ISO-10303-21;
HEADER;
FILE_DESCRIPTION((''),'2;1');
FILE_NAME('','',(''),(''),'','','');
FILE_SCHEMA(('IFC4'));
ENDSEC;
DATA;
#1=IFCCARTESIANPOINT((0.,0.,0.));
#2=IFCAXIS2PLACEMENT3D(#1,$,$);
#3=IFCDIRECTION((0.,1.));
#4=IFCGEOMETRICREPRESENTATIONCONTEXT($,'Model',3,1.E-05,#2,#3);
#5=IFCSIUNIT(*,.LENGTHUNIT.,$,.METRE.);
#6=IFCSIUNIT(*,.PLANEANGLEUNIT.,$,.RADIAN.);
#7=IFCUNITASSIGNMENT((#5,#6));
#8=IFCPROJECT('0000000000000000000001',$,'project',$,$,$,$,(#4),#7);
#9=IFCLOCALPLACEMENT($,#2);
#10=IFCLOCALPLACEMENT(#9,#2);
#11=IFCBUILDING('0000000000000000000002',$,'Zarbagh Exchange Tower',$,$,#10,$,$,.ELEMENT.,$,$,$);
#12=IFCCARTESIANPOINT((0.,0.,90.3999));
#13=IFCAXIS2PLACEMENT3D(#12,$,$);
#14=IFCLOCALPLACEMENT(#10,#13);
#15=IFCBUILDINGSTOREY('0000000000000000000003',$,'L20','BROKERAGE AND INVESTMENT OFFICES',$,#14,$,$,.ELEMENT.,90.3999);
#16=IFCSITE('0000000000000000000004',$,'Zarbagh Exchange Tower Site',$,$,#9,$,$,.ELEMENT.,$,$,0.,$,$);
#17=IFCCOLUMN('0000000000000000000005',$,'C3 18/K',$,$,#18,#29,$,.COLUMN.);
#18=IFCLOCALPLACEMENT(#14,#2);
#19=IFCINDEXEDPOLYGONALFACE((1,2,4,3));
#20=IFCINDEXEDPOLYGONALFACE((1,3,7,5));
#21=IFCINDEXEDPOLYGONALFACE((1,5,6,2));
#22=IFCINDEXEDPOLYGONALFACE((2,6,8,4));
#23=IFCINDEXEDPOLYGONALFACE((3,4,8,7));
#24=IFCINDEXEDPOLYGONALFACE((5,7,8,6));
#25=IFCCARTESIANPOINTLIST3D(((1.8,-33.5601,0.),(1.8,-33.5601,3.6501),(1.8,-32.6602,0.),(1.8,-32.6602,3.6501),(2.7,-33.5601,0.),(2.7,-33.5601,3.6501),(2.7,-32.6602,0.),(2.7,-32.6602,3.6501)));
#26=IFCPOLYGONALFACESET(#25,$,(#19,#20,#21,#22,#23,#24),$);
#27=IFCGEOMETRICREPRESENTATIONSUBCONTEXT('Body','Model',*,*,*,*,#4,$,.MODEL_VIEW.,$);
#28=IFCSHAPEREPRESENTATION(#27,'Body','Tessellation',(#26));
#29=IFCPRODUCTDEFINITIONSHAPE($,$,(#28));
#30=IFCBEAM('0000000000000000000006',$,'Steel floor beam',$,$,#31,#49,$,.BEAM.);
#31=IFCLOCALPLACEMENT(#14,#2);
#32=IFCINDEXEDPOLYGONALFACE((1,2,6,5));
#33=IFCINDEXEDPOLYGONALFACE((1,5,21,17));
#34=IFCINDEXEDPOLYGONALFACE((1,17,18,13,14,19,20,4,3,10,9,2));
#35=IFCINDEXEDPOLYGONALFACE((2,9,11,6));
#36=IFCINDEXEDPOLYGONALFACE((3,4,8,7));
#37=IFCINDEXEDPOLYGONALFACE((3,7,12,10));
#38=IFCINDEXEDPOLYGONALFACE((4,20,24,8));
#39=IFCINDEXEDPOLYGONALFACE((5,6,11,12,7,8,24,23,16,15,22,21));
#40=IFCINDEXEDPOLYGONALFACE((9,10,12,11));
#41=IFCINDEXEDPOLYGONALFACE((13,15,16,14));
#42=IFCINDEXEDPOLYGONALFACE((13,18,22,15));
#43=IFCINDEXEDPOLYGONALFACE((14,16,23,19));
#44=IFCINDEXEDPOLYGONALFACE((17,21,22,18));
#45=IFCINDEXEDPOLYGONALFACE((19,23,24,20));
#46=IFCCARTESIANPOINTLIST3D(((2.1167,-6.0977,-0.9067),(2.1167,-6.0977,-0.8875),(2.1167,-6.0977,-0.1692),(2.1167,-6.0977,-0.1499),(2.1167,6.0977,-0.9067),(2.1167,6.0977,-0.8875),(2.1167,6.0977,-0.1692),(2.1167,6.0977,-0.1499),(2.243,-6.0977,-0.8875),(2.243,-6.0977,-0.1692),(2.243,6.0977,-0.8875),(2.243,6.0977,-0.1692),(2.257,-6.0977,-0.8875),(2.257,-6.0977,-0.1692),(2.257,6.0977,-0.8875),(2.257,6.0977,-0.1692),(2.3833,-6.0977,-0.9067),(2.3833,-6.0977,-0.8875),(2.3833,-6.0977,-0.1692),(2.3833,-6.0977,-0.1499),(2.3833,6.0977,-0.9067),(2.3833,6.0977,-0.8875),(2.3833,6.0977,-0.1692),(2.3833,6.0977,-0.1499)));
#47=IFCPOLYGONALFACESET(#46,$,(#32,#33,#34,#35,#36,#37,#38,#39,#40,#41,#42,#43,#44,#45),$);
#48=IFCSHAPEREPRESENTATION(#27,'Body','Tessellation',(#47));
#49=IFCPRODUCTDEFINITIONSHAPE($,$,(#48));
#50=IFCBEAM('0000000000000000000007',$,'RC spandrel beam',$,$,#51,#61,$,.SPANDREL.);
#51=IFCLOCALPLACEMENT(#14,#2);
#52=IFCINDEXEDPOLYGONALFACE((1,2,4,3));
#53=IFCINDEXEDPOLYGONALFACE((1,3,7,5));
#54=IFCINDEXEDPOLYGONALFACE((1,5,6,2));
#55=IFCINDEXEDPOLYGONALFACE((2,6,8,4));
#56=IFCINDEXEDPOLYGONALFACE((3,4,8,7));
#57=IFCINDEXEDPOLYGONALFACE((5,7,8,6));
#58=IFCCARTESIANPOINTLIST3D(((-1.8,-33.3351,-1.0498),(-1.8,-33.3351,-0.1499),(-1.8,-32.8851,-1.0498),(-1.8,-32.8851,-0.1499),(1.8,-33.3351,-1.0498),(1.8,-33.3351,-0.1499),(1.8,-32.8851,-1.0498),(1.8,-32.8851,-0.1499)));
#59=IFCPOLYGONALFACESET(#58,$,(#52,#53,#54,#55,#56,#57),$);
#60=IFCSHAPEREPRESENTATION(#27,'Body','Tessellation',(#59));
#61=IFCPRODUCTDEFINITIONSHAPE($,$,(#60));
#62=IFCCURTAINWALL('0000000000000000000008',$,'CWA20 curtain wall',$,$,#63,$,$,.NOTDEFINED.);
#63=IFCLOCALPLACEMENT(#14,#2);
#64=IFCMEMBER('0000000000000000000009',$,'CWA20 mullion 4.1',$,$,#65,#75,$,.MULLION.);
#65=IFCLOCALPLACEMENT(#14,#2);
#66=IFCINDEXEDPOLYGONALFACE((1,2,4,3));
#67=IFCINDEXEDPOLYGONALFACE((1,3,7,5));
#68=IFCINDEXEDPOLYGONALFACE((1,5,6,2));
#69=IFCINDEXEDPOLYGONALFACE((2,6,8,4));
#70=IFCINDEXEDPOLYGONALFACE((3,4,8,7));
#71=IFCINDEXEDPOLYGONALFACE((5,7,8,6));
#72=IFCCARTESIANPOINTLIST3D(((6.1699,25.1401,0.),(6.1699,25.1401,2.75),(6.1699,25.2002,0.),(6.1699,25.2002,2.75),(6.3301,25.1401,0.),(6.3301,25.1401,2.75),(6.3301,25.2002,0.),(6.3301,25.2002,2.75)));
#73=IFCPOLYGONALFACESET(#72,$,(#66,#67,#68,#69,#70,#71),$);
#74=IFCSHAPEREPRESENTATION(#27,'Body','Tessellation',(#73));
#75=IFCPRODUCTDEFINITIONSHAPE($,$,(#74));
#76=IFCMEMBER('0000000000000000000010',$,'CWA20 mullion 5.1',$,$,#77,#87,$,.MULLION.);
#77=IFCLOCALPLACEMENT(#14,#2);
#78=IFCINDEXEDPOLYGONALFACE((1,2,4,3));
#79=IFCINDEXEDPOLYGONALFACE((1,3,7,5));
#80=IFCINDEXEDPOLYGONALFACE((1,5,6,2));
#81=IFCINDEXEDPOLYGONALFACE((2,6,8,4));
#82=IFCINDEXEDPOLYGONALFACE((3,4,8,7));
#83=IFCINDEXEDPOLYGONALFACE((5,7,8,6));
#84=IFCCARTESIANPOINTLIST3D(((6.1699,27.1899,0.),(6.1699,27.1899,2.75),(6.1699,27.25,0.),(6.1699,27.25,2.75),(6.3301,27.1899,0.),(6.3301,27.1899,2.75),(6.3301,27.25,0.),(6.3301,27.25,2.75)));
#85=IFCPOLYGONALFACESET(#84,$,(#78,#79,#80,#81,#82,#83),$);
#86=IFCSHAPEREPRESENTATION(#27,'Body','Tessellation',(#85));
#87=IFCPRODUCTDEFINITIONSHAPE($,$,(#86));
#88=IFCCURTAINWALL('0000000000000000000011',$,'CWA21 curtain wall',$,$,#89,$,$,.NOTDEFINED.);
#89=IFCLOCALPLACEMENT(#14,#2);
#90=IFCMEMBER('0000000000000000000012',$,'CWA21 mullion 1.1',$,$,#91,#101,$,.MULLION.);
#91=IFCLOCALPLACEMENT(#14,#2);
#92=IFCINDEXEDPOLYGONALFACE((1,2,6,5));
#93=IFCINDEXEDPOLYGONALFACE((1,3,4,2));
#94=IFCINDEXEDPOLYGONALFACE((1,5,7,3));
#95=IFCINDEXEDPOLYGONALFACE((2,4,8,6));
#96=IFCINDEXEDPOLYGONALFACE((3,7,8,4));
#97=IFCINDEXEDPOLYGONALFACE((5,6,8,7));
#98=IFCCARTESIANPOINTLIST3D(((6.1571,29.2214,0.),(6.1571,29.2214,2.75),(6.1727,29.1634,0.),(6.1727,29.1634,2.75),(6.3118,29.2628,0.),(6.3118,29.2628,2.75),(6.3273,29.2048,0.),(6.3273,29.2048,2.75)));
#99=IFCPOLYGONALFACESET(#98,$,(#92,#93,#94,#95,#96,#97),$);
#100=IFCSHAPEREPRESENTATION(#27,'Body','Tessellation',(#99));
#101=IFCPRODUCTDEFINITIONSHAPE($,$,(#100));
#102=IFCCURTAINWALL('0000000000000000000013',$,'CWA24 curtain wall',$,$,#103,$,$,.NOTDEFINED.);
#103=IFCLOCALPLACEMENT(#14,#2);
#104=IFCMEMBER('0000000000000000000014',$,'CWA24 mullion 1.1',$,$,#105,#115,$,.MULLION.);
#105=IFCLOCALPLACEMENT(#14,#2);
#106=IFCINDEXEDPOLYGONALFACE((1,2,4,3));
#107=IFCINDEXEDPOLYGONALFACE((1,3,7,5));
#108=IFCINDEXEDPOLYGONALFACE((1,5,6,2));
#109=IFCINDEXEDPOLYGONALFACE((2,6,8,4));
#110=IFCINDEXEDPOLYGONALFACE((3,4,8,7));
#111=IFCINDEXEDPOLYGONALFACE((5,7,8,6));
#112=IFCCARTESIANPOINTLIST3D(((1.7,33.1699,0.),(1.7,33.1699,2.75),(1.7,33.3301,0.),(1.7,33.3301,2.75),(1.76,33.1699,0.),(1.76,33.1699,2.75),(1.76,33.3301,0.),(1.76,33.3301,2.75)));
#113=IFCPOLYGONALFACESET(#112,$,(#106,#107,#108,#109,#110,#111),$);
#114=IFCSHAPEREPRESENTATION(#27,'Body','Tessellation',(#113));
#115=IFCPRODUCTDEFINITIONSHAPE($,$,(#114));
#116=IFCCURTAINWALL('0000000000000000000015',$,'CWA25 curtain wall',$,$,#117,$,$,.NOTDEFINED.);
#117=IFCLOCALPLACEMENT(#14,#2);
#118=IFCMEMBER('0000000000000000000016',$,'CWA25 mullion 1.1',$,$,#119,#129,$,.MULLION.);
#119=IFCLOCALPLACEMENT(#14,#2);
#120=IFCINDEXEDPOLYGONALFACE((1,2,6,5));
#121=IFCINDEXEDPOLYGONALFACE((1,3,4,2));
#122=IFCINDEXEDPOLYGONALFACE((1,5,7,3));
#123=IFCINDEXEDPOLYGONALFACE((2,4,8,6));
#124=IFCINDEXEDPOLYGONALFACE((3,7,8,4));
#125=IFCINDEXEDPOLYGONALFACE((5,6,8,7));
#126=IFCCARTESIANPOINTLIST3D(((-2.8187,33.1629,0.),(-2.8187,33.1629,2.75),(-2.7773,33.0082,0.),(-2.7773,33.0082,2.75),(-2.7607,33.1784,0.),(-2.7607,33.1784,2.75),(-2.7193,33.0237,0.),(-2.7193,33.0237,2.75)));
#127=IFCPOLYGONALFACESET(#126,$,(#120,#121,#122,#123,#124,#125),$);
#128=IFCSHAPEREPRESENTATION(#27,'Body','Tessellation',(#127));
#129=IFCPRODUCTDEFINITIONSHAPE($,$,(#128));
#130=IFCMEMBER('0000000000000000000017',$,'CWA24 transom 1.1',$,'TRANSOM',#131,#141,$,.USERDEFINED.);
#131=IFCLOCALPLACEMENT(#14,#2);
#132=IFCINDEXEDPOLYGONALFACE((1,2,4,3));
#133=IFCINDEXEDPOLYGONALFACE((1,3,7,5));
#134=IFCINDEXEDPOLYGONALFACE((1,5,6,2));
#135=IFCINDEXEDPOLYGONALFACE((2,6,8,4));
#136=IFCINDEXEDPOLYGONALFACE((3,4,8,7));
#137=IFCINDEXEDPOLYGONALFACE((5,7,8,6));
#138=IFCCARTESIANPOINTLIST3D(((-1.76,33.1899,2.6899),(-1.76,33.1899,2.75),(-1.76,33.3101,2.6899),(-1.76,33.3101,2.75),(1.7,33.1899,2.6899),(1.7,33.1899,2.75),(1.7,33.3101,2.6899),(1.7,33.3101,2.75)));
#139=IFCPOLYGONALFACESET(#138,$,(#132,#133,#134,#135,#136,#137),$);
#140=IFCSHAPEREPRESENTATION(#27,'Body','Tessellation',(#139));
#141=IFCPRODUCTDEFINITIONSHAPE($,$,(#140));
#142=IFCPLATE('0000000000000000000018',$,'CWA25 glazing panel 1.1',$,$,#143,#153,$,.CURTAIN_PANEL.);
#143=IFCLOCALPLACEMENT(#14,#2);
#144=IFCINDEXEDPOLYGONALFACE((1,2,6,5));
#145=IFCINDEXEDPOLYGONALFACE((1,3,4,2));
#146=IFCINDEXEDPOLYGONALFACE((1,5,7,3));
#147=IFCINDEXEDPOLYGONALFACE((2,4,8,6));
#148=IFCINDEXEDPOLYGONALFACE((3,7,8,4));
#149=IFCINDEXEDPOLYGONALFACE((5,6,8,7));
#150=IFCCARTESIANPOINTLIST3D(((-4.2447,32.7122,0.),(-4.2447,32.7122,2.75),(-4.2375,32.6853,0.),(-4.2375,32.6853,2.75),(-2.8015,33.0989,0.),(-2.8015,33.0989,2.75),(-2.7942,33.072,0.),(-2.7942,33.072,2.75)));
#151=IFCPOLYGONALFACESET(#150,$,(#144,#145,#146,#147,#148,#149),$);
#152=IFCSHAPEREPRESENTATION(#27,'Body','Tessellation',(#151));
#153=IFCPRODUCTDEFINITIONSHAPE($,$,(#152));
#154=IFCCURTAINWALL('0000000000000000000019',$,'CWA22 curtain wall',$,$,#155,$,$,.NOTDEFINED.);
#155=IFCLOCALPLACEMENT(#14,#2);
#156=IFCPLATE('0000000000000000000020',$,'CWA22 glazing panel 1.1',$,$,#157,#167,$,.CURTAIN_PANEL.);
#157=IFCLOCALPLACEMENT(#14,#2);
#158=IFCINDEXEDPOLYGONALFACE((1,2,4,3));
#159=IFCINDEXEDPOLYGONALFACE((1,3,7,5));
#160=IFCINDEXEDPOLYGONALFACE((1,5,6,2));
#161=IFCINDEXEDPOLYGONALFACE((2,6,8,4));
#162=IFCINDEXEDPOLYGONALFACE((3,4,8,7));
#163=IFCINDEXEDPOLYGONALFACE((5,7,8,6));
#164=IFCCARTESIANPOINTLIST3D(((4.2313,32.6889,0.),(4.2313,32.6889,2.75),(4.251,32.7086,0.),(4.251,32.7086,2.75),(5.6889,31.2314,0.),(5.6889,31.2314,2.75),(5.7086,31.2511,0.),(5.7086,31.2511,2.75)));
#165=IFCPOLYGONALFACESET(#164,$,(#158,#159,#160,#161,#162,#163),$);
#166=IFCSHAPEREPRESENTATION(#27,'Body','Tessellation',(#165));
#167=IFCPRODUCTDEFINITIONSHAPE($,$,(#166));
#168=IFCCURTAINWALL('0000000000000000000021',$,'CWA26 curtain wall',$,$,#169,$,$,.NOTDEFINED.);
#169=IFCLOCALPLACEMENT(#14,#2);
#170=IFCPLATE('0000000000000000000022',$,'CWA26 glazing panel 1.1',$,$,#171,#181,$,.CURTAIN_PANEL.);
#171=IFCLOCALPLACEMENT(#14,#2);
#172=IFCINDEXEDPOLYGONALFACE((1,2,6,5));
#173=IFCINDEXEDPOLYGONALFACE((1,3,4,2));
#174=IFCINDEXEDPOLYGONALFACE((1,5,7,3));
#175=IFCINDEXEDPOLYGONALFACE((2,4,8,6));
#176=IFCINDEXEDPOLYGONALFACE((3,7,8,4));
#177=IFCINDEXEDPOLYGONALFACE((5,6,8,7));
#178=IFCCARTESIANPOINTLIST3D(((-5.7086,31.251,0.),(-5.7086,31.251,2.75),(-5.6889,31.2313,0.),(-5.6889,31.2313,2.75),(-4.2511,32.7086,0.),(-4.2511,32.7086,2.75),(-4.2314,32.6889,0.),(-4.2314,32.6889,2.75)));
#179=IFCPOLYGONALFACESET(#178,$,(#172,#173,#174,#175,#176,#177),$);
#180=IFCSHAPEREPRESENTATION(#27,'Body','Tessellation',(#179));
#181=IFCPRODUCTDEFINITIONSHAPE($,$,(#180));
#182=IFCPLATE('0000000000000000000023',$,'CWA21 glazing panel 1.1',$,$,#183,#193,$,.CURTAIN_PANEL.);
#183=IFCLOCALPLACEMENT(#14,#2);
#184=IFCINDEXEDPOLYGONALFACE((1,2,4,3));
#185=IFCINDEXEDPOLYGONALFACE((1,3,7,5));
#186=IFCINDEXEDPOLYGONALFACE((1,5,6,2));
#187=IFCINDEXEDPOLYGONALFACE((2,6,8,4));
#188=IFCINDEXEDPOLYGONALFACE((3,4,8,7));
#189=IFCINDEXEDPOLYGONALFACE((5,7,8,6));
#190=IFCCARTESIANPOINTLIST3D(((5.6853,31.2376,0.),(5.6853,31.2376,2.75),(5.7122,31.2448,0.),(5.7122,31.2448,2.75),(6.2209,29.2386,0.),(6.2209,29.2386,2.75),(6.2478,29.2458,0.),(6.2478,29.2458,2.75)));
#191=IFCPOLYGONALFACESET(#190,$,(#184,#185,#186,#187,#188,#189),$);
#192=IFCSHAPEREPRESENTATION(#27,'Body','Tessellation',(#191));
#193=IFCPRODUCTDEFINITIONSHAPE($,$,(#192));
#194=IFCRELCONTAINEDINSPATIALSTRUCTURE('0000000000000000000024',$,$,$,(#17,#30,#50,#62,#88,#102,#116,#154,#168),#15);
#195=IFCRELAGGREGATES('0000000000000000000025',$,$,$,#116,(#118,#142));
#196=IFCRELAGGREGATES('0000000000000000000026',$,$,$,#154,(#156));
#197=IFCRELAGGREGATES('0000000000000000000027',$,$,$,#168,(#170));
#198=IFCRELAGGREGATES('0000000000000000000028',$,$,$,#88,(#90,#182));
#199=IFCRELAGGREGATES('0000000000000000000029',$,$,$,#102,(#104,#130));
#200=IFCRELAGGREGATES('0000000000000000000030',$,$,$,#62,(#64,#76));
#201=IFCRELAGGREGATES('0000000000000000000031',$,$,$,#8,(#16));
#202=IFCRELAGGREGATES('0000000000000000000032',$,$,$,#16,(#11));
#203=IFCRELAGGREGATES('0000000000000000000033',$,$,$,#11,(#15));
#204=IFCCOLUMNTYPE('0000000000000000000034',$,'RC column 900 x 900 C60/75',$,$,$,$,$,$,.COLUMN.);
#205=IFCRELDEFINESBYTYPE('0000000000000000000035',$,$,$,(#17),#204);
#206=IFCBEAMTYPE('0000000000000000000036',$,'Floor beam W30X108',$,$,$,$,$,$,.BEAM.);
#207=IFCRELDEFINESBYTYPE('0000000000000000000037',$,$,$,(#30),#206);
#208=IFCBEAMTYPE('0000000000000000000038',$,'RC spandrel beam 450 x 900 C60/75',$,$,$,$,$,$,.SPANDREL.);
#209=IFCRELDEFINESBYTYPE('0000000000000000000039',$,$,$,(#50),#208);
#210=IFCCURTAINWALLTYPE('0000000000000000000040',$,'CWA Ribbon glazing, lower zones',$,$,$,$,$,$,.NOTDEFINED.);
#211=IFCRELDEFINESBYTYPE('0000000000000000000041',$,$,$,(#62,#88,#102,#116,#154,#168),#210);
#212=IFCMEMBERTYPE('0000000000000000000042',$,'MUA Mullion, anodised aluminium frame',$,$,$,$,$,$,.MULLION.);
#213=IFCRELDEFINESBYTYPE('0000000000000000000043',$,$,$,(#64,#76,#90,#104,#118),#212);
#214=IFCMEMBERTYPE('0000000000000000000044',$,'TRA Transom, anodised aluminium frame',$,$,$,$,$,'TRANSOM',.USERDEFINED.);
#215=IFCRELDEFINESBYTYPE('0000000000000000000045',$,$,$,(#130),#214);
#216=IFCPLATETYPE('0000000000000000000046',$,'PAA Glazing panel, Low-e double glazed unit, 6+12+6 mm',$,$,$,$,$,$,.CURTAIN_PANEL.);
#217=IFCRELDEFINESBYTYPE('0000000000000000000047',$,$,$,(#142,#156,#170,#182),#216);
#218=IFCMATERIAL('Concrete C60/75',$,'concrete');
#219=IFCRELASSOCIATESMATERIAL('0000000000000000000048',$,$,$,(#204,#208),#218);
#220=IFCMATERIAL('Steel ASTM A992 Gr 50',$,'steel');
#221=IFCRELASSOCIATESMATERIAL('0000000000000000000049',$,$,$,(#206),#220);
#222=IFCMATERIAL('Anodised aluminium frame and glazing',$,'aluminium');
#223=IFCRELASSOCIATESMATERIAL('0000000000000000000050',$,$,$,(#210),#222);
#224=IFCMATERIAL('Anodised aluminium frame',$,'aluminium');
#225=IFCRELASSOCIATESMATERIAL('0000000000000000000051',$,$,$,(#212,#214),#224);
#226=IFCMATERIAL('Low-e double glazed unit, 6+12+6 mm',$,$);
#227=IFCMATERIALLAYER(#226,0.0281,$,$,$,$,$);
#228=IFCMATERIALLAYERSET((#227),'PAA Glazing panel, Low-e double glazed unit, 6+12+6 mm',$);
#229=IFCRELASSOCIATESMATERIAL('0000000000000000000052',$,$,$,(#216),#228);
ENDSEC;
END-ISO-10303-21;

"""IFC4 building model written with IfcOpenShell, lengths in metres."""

from ifc_helpers import new_model, si_unit, direction, frame, origin, origin_2d, place, context, subcontext, project, spatial, polyline, rectangle, i_section, outline, extrude, source, transform, mapped, material, layer, layer_set, material_profile, profile_set, type_object, element, aggregate, save


model = new_model("IFC4")

# Units and contexts
model_context = context("Model", 3, precision=1e-05, world=origin(), true_north=direction((0.0, 1.0)))
body_context = subcontext(model_context, "Body", "Model", "MODEL_VIEW")
ifc_project = project(units=[si_unit("LENGTHUNIT", "METRE"), si_unit("PLANEANGLEUNIT", "RADIAN")], contexts=[model_context])

# Site, building, storey
site_placement = place(None, origin())
site = spatial("IfcSite", under=ifc_project, at=site_placement, Name="Zarbagh Exchange Tower Site", CompositionType="ELEMENT", RefElevation=0.0)
building_placement = place(site_placement, origin())
building = spatial("IfcBuilding", under=site, at=building_placement, Name="Zarbagh Exchange Tower", CompositionType="ELEMENT")
storey_placement = place(building_placement, frame((0.0, 0.0, 90.3999)))
storey = spatial("IfcBuildingStorey", under=building, at=storey_placement, Name="L20", Description="BROKERAGE AND INVESTMENT OFFICES", CompositionType="ELEMENT", Elevation=90.3999)

# Column
ifc_material_1 = material(Name="Concrete C60/75", Category="concrete")
ifc_material_profile_1 = material_profile(ifc_material_1, rectangle(XDim=0.8999, YDim=0.8999, at=origin_2d()), Name="RC column 900 x 900 C60/75")
ifc_profile_set_1 = profile_set([ifc_material_profile_1], Name="Concrete C60/75")
column_type = type_object("IfcColumnType", Name="RC column 900 x 900 C60/75", PredefinedType="COLUMN", material=ifc_profile_set_1)
column_placement = place(storey_placement, frame((2.25, -33.1101, 0.0), z_axis=(0.0, 0.0, 1.0), x_axis=(1.0, 0.0, 0.0)))
element("IfcColumn", 1, at=column_placement, inside=storey, type_object=column_type, Name="C3 18/K", PredefinedType="COLUMN", context=body_context, shape_type="SweptSolid", body=[
    extrude(rectangle(XDim=0.8999, YDim=0.8999, at=origin_2d()), origin(), (0.0, 0.0, 1.0), 3.6501),
])

# Beams
ifc_material_2 = material(Name="Steel ASTM A992 Gr 50", Category="steel")
ifc_material_profile_2 = material_profile(ifc_material_2, i_section(OverallWidth=0.2666, OverallDepth=0.7568, WebThickness=0.0139, FlangeThickness=0.0193, at=origin_2d()), Name="W30X108")
ifc_profile_set_2 = profile_set([ifc_material_profile_2], Name="Steel ASTM A992 Gr 50")
beam_type_1 = type_object("IfcBeamType", Name="Floor beam W30X108", PredefinedType="BEAM", material=ifc_profile_set_2)
beam_1_placement = place(storey_placement, frame((2.25, -6.0977, -0.5283), z_axis=(0.0, 1.0, 0.0), x_axis=(-1.0, 0.0, 0.0)))
element("IfcBeam", 2, at=beam_1_placement, inside=storey, type_object=beam_type_1, Name="Steel floor beam", PredefinedType="BEAM", context=body_context, shape_type="SweptSolid", body=[
    extrude(i_section(OverallWidth=0.2666, OverallDepth=0.7568, WebThickness=0.0139, FlangeThickness=0.0193, at=origin_2d()), origin(), (0.0, 0.0, 1.0), 12.1953),
])
ifc_material_profile_3 = material_profile(ifc_material_1, rectangle(XDim=0.45, YDim=0.8999, at=origin_2d()), Name="RC spandrel beam 450 x 900 C60/75")
ifc_profile_set_3 = profile_set([ifc_material_profile_3], Name="Concrete C60/75")
beam_type_2 = type_object("IfcBeamType", Name="RC spandrel beam 450 x 900 C60/75", PredefinedType="SPANDREL", material=ifc_profile_set_3)
beam_2_placement = place(storey_placement, frame((1.8, -33.1101, -0.5999), z_axis=(-1.0, 0.0, 0.0), x_axis=(0.0, -1.0, 0.0)))
element("IfcBeam", 3, at=beam_2_placement, inside=storey, type_object=beam_type_2, Name="RC spandrel beam", PredefinedType="SPANDREL", context=body_context, shape_type="SweptSolid", body=[
    extrude(rectangle(XDim=0.45, YDim=0.8999, at=origin_2d()), origin(), (0.0, 0.0, 1.0), 3.6001),
])

# Curtain wall, members
ifc_material_3 = material(Name="Anodised aluminium frame and glazing", Category="aluminium")
curtain_wall_type = type_object("IfcCurtainWallType", Name="CWA Ribbon glazing, lower zones", PredefinedType="NOTDEFINED", material=ifc_material_3)
curtain_wall_1_placement = place(storey_placement, origin())
curtain_wall_1 = element("IfcCurtainWall", 4, at=curtain_wall_1_placement, inside=storey, type_object=curtain_wall_type, Name="CWA20 curtain wall", PredefinedType="NOTDEFINED")
ifc_material_4 = material(Name="Anodised aluminium frame", Category="aluminium")
member_type_1 = type_object("IfcMemberType", Name="MUA Mullion, anodised aluminium frame", PredefinedType="MULLION", material=ifc_material_4)
shared_shape_1 = source(origin(), body_context, "Body", "SweptSolid", [
    extrude(outline(polyline([(0.0, -0.0801), (0.0601, -0.0801), (0.0601, 0.0801), (0.0, 0.0801), (0.0, -0.0801)])), origin(), (0.0, 0.0, 1.0), 2.75),
])
placement = place(storey_placement, origin())
member_1 = element("IfcMember", 5, at=placement, type_object=member_type_1, Name="CWA20 mullion 4.1", PredefinedType="MULLION", context=body_context, shape_type="MappedRepresentation", body=[
    mapped(shared_shape_1, transform((6.25, 25.1401, 0.0), x_axis=(0.0, 1.0, 0.0), y_axis=(-1.0, 0.0, 0.0), z_axis=(0.0, 0.0, 1.0))),
])
member_2 = element("IfcMember", 6, at=placement, type_object=member_type_1, Name="CWA20 mullion 5.1", PredefinedType="MULLION", context=body_context, shape_type="MappedRepresentation", body=[
    mapped(shared_shape_1, transform((6.25, 27.1899, 0.0), x_axis=(0.0, 1.0, 0.0), y_axis=(-1.0, 0.0, 0.0), z_axis=(0.0, 0.0, 1.0))),
])

# Curtain walls, members
curtain_wall_2_placement = place(storey_placement, origin())
curtain_wall_2 = element("IfcCurtainWall", 7, at=curtain_wall_2_placement, inside=storey, type_object=curtain_wall_type, Name="CWA21 curtain wall", PredefinedType="NOTDEFINED")
member_3 = element("IfcMember", 8, at=placement, type_object=member_type_1, Name="CWA21 mullion 1.1", PredefinedType="MULLION", context=body_context, shape_type="MappedRepresentation", body=[
    mapped(shared_shape_1, transform((6.25, 29.1841, 0.0), x_axis=(-0.258825, 0.965924, 0.0), y_axis=(-0.965924, -0.258825, 0.0), z_axis=(0.0, 0.0, 1.0))),
])
curtain_wall_3_placement = place(storey_placement, origin())
curtain_wall_3 = element("IfcCurtainWall", 9, at=curtain_wall_3_placement, inside=storey, type_object=curtain_wall_type, Name="CWA24 curtain wall", PredefinedType="NOTDEFINED")
member_4 = element("IfcMember", 10, at=placement, type_object=member_type_1, Name="CWA24 mullion 1.1", PredefinedType="MULLION", context=body_context, shape_type="MappedRepresentation", body=[
    mapped(shared_shape_1, transform((1.76, 33.25, 0.0), x_axis=(-1.0, 0.0, 0.0), y_axis=(0.0, -1.0, 0.0), z_axis=(0.0, 0.0, 1.0))),
])
curtain_wall_4_placement = place(storey_placement, origin())
curtain_wall_4 = element("IfcCurtainWall", 11, at=curtain_wall_4_placement, inside=storey, type_object=curtain_wall_type, Name="CWA25 curtain wall", PredefinedType="NOTDEFINED")
member_5 = element("IfcMember", 12, at=placement, type_object=member_type_1, Name="CWA25 mullion 1.1", PredefinedType="MULLION", context=body_context, shape_type="MappedRepresentation", body=[
    mapped(shared_shape_1, transform((-2.74, 33.1011, 0.0), x_axis=(-0.965924, -0.258825, 0.0), y_axis=(0.258825, -0.965924, 0.0), z_axis=(0.0, 0.0, 1.0))),
])

# Member
member_type_2 = type_object("IfcMemberType", Name="TRA Transom, anodised aluminium frame", ElementType="TRANSOM", PredefinedType="USERDEFINED", material=ifc_material_4)
shared_shape_2 = source(origin(), body_context, "Body", "SweptSolid", [
    extrude(outline(polyline([(-0.0601, -0.0601), (0.0, -0.0601), (0.0, 0.0601), (-0.0601, 0.0601), (-0.0601, -0.0601)])), origin(), (0.0, 0.0, 1.0), 3.46),
])
member_6 = element("IfcMember", 13, at=placement, type_object=member_type_2, Name="CWA24 transom 1.1", ObjectType="TRANSOM", PredefinedType="USERDEFINED", context=body_context, shape_type="MappedRepresentation", body=[
    mapped(shared_shape_2, transform((1.7, 33.25, 2.75), x_axis=(0.0, 0.0, 1.0), y_axis=(0.0, 1.0, 0.0), z_axis=(-1.0, 0.0, 0.0))),
])

# Plate
ifc_material_5 = material(Name="Low-e double glazed unit, 6+12+6 mm")
ifc_layer_1 = layer(ifc_material_5, 0.0281)
ifc_layer_set_1 = layer_set([ifc_layer_1], Name="PAA Glazing panel, Low-e double glazed unit, 6+12+6 mm")
plate_type = type_object("IfcPlateType", Name="PAA Glazing panel, Low-e double glazed unit, 6+12+6 mm", PredefinedType="CURTAIN_PANEL", material=ifc_layer_set_1)
shared_shape_3 = source(origin(), body_context, "Body", "SweptSolid", [
    extrude(outline(polyline([(0.0, -0.0139), (1.4941, -0.0139), (1.4941, 0.0139), (0.0, 0.0139), (0.0, -0.0139)])), origin(), (0.0, 0.0, 1.0), 2.75),
])
plate_1 = element("IfcPlate", 14, at=placement, type_object=plate_type, Name="CWA25 glazing panel 1.1", PredefinedType="CURTAIN_PANEL", context=body_context, shape_type="MappedRepresentation", body=[
    mapped(shared_shape_3, transform((-2.7979, 33.0854, 0.0), x_axis=(-0.965924, -0.258825, 0.0), y_axis=(0.258825, -0.965924, 0.0), z_axis=(0.0, 0.0, 1.0))),
])
aggregate(curtain_wall_4, [member_5, plate_1])

# Curtain walls, plates
curtain_wall_5_placement = place(storey_placement, origin())
curtain_wall_5 = element("IfcCurtainWall", 15, at=curtain_wall_5_placement, inside=storey, type_object=curtain_wall_type, Name="CWA22 curtain wall", PredefinedType="NOTDEFINED")
shared_shape_4 = source(origin(), body_context, "Body", "SweptSolid", [
    extrude(outline(polyline([(0.0, -0.0139), (2.0613, -0.0139), (2.0613, 0.0139), (0.0, 0.0139), (0.0, -0.0139)])), origin(), (0.0, 0.0, 1.0), 2.75),
])
plate_2 = element("IfcPlate", 16, at=placement, type_object=plate_type, Name="CWA22 glazing panel 1.1", PredefinedType="CURTAIN_PANEL", context=body_context, shape_type="MappedRepresentation", body=[
    mapped(shared_shape_4, transform((5.6987, 31.2412, 0.0), x_axis=(-0.707107, 0.707107, 0.0), y_axis=(-0.707107, -0.707107, 0.0), z_axis=(0.0, 0.0, 1.0))),
])
aggregate(curtain_wall_5, [plate_2])
curtain_wall_6_placement = place(storey_placement, origin())
curtain_wall_6 = element("IfcCurtainWall", 17, at=curtain_wall_6_placement, inside=storey, type_object=curtain_wall_type, Name="CWA26 curtain wall", PredefinedType="NOTDEFINED")
plate_3 = element("IfcPlate", 18, at=placement, type_object=plate_type, Name="CWA26 glazing panel 1.1", PredefinedType="CURTAIN_PANEL", context=body_context, shape_type="MappedRepresentation", body=[
    mapped(shared_shape_4, transform((-4.2412, 32.6987, 0.0), x_axis=(-0.707107, -0.707107, 0.0), y_axis=(0.707107, -0.707107, 0.0), z_axis=(0.0, 0.0, 1.0))),
])
aggregate(curtain_wall_6, [plate_3])

# Plate
shared_shape_5 = source(origin(), body_context, "Body", "SweptSolid", [
    extrude(outline(polyline([(0.0, -0.0139), (2.0696, -0.0139), (2.0696, 0.0139), (0.0, 0.0139), (0.0, -0.0139)])), origin(), (0.0, 0.0, 1.0), 2.75),
])
plate_4 = element("IfcPlate", 19, at=placement, type_object=plate_type, Name="CWA21 glazing panel 1.1", PredefinedType="CURTAIN_PANEL", context=body_context, shape_type="MappedRepresentation", body=[
    mapped(shared_shape_5, transform((6.2344, 29.2422, 0.0), x_axis=(-0.258825, 0.965924, 0.0), y_axis=(-0.965924, -0.258825, 0.0), z_axis=(0.0, 0.0, 1.0))),
])
aggregate(curtain_wall_2, [member_3, plate_4])

aggregate(curtain_wall_3, [member_4, member_6])
aggregate(curtain_wall_1, [member_1, member_2])

save(model, "model.ifc")
